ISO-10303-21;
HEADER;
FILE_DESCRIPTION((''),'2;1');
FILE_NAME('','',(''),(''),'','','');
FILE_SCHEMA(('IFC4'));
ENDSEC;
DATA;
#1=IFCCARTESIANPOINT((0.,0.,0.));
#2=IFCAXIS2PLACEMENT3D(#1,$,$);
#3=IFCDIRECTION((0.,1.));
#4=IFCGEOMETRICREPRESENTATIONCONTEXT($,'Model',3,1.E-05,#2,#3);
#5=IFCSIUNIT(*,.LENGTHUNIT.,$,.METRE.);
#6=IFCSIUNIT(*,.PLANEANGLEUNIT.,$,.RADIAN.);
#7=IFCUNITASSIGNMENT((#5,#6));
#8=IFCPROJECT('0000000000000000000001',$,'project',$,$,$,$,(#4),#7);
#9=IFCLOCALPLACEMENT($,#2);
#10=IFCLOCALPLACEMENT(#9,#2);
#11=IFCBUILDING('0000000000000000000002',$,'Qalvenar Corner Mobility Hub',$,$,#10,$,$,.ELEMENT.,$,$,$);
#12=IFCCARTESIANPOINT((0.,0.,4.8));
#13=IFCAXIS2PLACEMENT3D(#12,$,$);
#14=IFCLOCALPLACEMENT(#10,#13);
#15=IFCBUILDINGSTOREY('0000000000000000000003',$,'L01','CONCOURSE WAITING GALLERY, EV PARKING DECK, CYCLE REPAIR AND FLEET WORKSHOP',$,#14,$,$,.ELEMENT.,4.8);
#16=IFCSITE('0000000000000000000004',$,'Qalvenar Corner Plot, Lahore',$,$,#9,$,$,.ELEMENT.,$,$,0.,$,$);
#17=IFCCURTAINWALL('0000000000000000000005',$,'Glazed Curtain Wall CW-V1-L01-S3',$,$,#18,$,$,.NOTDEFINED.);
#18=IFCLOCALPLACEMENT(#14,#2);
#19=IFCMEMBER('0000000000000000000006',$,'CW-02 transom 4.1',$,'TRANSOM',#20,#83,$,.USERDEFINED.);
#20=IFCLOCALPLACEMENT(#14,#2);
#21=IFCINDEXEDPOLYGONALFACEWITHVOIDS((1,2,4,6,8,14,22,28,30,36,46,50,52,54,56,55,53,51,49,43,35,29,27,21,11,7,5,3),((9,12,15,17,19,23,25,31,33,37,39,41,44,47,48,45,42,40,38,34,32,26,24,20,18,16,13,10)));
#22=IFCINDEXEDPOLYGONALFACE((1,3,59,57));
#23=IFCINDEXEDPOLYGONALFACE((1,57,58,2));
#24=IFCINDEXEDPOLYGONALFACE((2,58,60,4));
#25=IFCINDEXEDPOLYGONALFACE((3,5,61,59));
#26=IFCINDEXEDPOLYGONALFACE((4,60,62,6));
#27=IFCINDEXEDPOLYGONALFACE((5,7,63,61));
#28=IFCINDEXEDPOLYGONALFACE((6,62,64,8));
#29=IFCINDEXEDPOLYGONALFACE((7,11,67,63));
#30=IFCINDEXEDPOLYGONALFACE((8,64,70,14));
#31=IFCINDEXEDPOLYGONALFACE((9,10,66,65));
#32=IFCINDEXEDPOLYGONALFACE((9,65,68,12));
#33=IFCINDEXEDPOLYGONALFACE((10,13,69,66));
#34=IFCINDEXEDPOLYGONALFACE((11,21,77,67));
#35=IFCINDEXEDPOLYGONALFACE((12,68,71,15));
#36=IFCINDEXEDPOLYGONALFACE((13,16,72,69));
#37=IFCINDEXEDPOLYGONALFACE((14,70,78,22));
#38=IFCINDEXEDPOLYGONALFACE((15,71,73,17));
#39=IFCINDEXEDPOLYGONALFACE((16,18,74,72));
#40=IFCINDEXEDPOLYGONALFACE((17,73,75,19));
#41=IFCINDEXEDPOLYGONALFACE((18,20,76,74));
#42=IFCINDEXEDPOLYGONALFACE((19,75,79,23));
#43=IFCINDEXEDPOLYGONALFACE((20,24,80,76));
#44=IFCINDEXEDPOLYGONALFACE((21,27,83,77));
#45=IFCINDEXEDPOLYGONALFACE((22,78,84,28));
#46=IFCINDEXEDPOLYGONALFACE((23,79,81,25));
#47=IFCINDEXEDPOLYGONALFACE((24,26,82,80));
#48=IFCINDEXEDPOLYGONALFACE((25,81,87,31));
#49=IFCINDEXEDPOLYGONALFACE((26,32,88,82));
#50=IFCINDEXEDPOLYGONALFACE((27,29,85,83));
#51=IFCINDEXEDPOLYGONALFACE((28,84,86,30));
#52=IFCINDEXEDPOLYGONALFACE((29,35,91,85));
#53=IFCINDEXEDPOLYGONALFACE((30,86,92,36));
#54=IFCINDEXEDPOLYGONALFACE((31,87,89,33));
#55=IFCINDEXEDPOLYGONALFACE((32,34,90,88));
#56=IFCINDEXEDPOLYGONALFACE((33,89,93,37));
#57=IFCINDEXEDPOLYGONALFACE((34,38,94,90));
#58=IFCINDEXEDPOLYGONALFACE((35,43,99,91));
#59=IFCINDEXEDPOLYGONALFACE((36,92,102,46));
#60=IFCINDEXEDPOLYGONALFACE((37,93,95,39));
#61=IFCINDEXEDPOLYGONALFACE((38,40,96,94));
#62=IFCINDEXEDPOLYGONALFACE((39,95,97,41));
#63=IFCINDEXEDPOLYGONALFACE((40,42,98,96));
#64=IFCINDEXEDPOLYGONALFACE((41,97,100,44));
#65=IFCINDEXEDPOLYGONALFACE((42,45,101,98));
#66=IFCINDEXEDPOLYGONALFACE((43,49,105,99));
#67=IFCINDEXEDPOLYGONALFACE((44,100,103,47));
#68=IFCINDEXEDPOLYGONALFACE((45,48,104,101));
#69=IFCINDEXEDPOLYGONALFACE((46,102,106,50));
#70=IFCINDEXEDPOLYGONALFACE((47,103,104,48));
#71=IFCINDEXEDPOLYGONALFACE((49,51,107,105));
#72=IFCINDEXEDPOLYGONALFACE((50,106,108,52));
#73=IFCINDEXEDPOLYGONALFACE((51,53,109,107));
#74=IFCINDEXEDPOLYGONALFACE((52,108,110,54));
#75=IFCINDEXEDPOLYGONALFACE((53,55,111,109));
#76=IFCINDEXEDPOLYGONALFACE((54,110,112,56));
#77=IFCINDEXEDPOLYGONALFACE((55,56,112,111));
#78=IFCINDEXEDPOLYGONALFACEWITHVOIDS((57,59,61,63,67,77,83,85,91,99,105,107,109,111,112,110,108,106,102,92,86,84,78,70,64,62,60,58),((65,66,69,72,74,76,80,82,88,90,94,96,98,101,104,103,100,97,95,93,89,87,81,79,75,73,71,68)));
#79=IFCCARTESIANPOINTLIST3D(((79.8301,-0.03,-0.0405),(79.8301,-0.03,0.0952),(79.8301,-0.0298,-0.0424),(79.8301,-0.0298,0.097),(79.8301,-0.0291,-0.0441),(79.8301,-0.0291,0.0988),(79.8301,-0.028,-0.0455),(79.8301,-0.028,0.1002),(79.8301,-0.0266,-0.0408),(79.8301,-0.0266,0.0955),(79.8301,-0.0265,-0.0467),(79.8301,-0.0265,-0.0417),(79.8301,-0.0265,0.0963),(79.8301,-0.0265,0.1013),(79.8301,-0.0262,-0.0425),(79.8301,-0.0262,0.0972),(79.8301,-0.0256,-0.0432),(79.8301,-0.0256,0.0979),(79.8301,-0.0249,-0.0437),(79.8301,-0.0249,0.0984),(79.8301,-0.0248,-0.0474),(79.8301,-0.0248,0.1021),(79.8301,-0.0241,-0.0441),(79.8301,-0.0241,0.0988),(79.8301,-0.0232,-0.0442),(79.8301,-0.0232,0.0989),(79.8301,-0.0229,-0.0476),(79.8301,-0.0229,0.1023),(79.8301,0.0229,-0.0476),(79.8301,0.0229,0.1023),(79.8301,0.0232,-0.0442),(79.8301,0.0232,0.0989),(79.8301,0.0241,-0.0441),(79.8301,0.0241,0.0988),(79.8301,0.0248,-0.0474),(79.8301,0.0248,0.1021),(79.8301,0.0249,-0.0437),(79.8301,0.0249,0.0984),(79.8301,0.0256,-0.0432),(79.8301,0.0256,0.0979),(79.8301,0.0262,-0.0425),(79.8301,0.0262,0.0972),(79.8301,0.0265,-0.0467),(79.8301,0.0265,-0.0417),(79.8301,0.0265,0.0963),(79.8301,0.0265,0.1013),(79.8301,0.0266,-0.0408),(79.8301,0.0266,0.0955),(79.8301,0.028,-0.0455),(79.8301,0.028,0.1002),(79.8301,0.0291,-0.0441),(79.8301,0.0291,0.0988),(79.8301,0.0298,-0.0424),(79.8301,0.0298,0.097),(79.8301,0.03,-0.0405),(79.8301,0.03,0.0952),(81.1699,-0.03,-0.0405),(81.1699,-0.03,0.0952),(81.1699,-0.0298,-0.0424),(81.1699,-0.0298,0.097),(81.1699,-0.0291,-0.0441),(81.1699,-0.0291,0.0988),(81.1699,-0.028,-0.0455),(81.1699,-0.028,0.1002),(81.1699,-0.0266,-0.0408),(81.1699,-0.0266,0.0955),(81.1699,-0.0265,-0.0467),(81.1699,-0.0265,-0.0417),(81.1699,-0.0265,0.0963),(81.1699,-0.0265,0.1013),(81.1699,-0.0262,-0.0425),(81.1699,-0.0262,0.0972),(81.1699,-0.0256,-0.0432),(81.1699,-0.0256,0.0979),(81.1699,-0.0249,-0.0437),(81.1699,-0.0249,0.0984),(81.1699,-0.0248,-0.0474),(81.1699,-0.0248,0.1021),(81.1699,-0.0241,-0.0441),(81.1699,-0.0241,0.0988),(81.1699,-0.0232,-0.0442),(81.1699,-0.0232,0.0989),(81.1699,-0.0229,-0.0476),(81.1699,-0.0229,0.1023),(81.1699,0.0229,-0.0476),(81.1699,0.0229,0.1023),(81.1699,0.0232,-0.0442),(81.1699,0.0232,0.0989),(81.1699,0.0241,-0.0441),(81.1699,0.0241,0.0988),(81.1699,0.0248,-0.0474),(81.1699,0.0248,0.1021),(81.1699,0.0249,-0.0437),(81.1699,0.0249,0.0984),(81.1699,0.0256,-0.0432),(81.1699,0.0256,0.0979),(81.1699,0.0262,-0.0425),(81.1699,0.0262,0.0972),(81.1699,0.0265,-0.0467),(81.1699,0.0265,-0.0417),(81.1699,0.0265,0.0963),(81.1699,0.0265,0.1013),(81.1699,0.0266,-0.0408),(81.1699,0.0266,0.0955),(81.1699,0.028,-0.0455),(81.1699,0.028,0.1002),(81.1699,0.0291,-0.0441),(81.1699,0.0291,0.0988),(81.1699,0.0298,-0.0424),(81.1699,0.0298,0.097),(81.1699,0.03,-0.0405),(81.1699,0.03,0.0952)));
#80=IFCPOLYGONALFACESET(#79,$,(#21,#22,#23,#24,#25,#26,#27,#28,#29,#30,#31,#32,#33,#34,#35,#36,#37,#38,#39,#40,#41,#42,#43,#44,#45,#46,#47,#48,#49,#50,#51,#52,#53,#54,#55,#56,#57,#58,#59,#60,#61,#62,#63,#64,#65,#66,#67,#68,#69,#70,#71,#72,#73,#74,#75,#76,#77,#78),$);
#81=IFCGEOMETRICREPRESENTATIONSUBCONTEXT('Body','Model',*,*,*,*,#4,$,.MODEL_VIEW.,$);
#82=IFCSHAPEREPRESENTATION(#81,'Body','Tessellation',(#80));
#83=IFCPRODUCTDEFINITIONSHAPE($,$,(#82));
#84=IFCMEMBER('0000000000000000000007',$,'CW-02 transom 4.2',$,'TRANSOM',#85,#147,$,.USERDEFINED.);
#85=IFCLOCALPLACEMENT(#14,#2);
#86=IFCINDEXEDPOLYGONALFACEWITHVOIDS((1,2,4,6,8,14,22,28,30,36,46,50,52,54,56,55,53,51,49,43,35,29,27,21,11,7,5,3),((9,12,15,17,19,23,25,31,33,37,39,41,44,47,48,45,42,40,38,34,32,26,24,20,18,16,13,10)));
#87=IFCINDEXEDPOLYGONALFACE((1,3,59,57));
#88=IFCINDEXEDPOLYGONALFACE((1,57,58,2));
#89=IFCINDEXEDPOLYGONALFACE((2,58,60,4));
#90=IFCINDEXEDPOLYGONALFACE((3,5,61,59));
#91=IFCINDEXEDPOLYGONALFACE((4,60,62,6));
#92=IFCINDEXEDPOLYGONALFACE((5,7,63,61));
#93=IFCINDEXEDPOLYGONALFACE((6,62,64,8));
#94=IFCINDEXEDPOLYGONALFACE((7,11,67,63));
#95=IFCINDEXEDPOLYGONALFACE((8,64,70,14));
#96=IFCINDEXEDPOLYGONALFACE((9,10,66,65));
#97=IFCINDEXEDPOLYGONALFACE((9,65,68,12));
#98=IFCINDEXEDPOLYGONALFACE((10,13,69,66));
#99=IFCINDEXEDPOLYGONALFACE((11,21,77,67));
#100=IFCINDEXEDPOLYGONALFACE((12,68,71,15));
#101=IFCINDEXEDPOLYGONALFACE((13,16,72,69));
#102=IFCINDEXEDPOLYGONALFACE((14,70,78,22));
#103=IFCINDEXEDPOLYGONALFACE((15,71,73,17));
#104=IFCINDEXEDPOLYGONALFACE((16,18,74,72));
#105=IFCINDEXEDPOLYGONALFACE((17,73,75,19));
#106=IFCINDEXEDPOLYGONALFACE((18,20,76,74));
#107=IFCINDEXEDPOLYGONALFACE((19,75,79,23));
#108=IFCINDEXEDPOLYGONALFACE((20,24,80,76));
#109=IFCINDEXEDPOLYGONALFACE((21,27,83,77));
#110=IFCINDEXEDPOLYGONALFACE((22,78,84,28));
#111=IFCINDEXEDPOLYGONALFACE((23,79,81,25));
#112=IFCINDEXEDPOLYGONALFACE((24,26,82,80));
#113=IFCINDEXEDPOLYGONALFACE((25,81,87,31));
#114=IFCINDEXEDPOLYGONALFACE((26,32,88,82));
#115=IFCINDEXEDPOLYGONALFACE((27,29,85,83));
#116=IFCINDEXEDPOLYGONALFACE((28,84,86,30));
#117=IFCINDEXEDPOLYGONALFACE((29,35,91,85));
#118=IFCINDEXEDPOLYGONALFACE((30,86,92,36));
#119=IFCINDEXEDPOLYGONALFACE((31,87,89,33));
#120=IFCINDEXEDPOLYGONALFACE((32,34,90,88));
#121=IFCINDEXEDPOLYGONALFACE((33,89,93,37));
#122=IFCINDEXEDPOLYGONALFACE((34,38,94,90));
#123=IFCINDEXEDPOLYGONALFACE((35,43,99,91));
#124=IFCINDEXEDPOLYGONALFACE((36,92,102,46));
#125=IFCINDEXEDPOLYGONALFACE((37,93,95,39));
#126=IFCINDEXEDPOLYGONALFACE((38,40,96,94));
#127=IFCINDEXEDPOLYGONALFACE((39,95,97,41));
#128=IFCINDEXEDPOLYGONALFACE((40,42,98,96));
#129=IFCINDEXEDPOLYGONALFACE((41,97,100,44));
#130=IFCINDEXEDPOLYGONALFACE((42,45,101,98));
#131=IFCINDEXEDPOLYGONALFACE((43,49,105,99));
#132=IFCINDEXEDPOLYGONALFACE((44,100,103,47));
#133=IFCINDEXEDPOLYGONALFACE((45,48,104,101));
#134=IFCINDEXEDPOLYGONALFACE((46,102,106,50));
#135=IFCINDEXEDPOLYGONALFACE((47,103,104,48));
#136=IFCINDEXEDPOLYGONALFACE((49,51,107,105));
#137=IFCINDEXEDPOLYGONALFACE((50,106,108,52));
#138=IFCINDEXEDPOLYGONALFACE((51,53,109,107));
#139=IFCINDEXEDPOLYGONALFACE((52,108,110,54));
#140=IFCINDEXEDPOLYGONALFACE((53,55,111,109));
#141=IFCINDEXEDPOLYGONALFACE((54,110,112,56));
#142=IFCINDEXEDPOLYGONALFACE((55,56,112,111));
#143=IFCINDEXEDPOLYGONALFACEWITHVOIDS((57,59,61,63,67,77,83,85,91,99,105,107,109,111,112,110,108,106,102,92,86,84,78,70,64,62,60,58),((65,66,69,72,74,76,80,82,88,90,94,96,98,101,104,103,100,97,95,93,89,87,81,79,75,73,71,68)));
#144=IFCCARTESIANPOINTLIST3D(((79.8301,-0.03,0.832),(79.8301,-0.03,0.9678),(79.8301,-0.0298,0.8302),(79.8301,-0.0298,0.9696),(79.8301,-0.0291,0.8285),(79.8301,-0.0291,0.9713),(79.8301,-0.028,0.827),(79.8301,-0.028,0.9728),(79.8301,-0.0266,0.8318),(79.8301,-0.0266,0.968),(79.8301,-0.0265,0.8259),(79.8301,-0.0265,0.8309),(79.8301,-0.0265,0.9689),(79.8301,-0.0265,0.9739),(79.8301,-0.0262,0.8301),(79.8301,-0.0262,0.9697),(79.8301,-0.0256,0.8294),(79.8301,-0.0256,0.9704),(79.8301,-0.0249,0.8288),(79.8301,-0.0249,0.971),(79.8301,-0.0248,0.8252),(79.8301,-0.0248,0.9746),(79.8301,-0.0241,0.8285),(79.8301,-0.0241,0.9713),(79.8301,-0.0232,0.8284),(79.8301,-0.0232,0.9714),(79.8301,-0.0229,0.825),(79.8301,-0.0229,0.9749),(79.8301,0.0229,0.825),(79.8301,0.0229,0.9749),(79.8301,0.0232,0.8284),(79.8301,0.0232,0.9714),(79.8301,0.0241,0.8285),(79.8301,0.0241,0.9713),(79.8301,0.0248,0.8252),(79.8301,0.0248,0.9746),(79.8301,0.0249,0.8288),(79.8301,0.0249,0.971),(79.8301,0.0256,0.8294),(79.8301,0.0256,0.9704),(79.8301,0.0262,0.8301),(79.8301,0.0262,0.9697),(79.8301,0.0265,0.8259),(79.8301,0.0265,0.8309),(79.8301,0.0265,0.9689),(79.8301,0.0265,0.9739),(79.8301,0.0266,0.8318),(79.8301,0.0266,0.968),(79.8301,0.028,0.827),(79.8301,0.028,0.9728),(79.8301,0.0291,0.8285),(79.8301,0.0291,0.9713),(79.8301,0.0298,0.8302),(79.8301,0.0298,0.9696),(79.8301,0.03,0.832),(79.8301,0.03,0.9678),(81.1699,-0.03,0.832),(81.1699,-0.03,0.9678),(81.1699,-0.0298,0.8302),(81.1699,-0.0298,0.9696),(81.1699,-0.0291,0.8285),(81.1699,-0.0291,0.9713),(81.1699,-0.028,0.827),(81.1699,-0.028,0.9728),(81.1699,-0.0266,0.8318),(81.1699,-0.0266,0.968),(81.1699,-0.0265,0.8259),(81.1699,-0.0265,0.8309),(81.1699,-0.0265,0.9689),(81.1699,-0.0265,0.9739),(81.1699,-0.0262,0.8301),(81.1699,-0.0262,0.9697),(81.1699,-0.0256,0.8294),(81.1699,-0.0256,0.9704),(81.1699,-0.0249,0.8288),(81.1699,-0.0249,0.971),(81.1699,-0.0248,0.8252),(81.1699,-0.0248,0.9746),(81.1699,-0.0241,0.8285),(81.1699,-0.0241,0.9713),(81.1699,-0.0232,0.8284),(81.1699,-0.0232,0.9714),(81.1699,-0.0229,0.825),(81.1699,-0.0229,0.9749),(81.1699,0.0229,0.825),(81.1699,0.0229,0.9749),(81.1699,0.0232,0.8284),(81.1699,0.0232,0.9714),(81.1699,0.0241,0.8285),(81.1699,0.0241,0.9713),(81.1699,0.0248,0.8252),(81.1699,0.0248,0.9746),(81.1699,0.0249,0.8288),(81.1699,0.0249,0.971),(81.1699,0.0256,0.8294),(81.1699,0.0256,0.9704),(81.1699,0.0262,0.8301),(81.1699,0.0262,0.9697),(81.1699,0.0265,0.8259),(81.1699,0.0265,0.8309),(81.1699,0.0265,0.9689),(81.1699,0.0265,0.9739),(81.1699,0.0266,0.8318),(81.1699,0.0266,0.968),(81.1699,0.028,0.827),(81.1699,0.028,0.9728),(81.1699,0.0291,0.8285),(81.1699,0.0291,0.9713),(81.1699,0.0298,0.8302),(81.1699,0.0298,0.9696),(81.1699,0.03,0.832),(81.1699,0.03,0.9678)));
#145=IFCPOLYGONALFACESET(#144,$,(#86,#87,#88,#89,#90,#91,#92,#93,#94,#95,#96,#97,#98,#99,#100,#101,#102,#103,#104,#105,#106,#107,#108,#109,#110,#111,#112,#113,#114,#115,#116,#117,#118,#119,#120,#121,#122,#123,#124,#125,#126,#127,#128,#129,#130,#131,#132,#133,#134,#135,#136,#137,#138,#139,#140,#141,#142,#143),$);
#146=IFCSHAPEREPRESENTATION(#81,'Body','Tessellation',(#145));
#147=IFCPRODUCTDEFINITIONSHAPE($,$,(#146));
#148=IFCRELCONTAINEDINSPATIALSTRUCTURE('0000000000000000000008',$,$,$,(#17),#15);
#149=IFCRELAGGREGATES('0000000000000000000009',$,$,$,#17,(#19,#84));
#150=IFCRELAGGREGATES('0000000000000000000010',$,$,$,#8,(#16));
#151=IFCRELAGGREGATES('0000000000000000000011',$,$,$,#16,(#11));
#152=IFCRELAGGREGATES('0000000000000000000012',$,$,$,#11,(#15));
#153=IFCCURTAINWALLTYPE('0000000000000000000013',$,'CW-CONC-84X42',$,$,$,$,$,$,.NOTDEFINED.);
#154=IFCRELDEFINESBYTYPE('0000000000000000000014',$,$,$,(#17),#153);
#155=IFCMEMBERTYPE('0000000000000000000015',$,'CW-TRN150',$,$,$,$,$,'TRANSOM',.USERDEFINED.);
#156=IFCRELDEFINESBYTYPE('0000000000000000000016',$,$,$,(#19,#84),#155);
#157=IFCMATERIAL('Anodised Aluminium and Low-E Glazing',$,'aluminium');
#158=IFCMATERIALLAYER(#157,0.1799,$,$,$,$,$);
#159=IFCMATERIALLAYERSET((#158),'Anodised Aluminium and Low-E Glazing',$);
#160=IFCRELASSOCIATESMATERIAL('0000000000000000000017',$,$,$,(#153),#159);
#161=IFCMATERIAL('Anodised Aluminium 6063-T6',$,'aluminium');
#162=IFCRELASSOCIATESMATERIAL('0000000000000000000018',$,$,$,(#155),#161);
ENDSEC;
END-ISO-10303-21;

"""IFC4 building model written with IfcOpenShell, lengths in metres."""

from ifc_helpers import new_model, si_unit, direction, frame, origin, origin_2d, place, context, subcontext, project, spatial, hollow_rectangle, extrude, material, layer, layer_set, material_profile, profile_set, type_object, element, aggregate, save


model = new_model("IFC4")

# Units and contexts
model_context = context("Model", 3, precision=1e-05, world=origin(), true_north=direction((0.0, 1.0)))
body_context = subcontext(model_context, "Body", "Model", "MODEL_VIEW")
ifc_project = project(units=[si_unit("LENGTHUNIT", "METRE"), si_unit("PLANEANGLEUNIT", "RADIAN")], contexts=[model_context])

# Site, building, storey
site_placement = place(None, origin())
site = spatial("IfcSite", under=ifc_project, at=site_placement, Name="Qalvenar Corner Plot, Lahore", CompositionType="ELEMENT", RefElevation=0.0)
building_placement = place(site_placement, origin())
building = spatial("IfcBuilding", under=site, at=building_placement, Name="Qalvenar Corner Mobility Hub", CompositionType="ELEMENT")
storey_placement = place(building_placement, frame((0.0, 0.0, 4.8)))
storey = spatial("IfcBuildingStorey", under=building, at=storey_placement, Name="L01", Description="CONCOURSE WAITING GALLERY, EV PARKING DECK, CYCLE REPAIR AND FLEET WORKSHOP", CompositionType="ELEMENT", Elevation=4.8)

# Curtain wall, members
ifc_material_1 = material(Name="Anodised Aluminium and Low-E Glazing", Category="aluminium")
ifc_layer_1 = layer(ifc_material_1, 0.1799)
ifc_layer_set_1 = layer_set([ifc_layer_1], Name="Anodised Aluminium and Low-E Glazing")
curtain_wall_type = type_object("IfcCurtainWallType", Name="CW-CONC-84X42", PredefinedType="NOTDEFINED", material=ifc_layer_set_1)
curtain_wall_placement = place(storey_placement, origin())
curtain_wall = element("IfcCurtainWall", 1, at=curtain_wall_placement, inside=storey, type_object=curtain_wall_type, Name="Glazed Curtain Wall CW-V1-L01-S3", PredefinedType="NOTDEFINED")
ifc_material_2 = material(Name="Anodised Aluminium 6063-T6", Category="aluminium")
ifc_material_profile_1 = material_profile(ifc_material_2, hollow_rectangle(XDim=0.0601, YDim=0.1499, WallThickness=0.0034, InnerFilletRadius=0.0034, OuterFilletRadius=0.0071, at=origin_2d()), Name="RHS150x60x3.5")
ifc_profile_set_1 = profile_set([ifc_material_profile_1], Name="Anodised Aluminium 6063-T6")
member_type_1 = type_object("IfcMemberType", Name="CW-TRN150", ElementType="TRANSOM", PredefinedType="USERDEFINED", material=ifc_profile_set_1)
member_1_placement = place(storey_placement, frame((79.8301, 0.0, 0.0273), z_axis=(1.0, 0.0, 0.0), x_axis=(0.0, 1.0, 0.0)))
member_1 = element("IfcMember", 2, at=member_1_placement, type_object=member_type_1, Name="CW-02 transom 4.1", ObjectType="TRANSOM", PredefinedType="USERDEFINED", context=body_context, shape_type="SweptSolid", body=[
    extrude(hollow_rectangle(XDim=0.0601, YDim=0.1499, WallThickness=0.0034, InnerFilletRadius=0.0034, OuterFilletRadius=0.0071, at=origin_2d()), origin(), (0.0, 0.0, 1.0), 1.3398),
])
member_2_placement = place(storey_placement, frame((79.8301, 0.0, 0.8999), z_axis=(1.0, 0.0, 0.0), x_axis=(0.0, 1.0, 0.0)))
member_2 = element("IfcMember", 3, at=member_2_placement, type_object=member_type_1, Name="CW-02 transom 4.2", ObjectType="TRANSOM", PredefinedType="USERDEFINED", context=body_context, shape_type="SweptSolid", body=[
    extrude(hollow_rectangle(XDim=0.0601, YDim=0.1499, WallThickness=0.0034, InnerFilletRadius=0.0034, OuterFilletRadius=0.0071, at=origin_2d()), origin(), (0.0, 0.0, 1.0), 1.3398),
])
aggregate(curtain_wall, [member_1, member_2])

save(model, "model.ifc")
